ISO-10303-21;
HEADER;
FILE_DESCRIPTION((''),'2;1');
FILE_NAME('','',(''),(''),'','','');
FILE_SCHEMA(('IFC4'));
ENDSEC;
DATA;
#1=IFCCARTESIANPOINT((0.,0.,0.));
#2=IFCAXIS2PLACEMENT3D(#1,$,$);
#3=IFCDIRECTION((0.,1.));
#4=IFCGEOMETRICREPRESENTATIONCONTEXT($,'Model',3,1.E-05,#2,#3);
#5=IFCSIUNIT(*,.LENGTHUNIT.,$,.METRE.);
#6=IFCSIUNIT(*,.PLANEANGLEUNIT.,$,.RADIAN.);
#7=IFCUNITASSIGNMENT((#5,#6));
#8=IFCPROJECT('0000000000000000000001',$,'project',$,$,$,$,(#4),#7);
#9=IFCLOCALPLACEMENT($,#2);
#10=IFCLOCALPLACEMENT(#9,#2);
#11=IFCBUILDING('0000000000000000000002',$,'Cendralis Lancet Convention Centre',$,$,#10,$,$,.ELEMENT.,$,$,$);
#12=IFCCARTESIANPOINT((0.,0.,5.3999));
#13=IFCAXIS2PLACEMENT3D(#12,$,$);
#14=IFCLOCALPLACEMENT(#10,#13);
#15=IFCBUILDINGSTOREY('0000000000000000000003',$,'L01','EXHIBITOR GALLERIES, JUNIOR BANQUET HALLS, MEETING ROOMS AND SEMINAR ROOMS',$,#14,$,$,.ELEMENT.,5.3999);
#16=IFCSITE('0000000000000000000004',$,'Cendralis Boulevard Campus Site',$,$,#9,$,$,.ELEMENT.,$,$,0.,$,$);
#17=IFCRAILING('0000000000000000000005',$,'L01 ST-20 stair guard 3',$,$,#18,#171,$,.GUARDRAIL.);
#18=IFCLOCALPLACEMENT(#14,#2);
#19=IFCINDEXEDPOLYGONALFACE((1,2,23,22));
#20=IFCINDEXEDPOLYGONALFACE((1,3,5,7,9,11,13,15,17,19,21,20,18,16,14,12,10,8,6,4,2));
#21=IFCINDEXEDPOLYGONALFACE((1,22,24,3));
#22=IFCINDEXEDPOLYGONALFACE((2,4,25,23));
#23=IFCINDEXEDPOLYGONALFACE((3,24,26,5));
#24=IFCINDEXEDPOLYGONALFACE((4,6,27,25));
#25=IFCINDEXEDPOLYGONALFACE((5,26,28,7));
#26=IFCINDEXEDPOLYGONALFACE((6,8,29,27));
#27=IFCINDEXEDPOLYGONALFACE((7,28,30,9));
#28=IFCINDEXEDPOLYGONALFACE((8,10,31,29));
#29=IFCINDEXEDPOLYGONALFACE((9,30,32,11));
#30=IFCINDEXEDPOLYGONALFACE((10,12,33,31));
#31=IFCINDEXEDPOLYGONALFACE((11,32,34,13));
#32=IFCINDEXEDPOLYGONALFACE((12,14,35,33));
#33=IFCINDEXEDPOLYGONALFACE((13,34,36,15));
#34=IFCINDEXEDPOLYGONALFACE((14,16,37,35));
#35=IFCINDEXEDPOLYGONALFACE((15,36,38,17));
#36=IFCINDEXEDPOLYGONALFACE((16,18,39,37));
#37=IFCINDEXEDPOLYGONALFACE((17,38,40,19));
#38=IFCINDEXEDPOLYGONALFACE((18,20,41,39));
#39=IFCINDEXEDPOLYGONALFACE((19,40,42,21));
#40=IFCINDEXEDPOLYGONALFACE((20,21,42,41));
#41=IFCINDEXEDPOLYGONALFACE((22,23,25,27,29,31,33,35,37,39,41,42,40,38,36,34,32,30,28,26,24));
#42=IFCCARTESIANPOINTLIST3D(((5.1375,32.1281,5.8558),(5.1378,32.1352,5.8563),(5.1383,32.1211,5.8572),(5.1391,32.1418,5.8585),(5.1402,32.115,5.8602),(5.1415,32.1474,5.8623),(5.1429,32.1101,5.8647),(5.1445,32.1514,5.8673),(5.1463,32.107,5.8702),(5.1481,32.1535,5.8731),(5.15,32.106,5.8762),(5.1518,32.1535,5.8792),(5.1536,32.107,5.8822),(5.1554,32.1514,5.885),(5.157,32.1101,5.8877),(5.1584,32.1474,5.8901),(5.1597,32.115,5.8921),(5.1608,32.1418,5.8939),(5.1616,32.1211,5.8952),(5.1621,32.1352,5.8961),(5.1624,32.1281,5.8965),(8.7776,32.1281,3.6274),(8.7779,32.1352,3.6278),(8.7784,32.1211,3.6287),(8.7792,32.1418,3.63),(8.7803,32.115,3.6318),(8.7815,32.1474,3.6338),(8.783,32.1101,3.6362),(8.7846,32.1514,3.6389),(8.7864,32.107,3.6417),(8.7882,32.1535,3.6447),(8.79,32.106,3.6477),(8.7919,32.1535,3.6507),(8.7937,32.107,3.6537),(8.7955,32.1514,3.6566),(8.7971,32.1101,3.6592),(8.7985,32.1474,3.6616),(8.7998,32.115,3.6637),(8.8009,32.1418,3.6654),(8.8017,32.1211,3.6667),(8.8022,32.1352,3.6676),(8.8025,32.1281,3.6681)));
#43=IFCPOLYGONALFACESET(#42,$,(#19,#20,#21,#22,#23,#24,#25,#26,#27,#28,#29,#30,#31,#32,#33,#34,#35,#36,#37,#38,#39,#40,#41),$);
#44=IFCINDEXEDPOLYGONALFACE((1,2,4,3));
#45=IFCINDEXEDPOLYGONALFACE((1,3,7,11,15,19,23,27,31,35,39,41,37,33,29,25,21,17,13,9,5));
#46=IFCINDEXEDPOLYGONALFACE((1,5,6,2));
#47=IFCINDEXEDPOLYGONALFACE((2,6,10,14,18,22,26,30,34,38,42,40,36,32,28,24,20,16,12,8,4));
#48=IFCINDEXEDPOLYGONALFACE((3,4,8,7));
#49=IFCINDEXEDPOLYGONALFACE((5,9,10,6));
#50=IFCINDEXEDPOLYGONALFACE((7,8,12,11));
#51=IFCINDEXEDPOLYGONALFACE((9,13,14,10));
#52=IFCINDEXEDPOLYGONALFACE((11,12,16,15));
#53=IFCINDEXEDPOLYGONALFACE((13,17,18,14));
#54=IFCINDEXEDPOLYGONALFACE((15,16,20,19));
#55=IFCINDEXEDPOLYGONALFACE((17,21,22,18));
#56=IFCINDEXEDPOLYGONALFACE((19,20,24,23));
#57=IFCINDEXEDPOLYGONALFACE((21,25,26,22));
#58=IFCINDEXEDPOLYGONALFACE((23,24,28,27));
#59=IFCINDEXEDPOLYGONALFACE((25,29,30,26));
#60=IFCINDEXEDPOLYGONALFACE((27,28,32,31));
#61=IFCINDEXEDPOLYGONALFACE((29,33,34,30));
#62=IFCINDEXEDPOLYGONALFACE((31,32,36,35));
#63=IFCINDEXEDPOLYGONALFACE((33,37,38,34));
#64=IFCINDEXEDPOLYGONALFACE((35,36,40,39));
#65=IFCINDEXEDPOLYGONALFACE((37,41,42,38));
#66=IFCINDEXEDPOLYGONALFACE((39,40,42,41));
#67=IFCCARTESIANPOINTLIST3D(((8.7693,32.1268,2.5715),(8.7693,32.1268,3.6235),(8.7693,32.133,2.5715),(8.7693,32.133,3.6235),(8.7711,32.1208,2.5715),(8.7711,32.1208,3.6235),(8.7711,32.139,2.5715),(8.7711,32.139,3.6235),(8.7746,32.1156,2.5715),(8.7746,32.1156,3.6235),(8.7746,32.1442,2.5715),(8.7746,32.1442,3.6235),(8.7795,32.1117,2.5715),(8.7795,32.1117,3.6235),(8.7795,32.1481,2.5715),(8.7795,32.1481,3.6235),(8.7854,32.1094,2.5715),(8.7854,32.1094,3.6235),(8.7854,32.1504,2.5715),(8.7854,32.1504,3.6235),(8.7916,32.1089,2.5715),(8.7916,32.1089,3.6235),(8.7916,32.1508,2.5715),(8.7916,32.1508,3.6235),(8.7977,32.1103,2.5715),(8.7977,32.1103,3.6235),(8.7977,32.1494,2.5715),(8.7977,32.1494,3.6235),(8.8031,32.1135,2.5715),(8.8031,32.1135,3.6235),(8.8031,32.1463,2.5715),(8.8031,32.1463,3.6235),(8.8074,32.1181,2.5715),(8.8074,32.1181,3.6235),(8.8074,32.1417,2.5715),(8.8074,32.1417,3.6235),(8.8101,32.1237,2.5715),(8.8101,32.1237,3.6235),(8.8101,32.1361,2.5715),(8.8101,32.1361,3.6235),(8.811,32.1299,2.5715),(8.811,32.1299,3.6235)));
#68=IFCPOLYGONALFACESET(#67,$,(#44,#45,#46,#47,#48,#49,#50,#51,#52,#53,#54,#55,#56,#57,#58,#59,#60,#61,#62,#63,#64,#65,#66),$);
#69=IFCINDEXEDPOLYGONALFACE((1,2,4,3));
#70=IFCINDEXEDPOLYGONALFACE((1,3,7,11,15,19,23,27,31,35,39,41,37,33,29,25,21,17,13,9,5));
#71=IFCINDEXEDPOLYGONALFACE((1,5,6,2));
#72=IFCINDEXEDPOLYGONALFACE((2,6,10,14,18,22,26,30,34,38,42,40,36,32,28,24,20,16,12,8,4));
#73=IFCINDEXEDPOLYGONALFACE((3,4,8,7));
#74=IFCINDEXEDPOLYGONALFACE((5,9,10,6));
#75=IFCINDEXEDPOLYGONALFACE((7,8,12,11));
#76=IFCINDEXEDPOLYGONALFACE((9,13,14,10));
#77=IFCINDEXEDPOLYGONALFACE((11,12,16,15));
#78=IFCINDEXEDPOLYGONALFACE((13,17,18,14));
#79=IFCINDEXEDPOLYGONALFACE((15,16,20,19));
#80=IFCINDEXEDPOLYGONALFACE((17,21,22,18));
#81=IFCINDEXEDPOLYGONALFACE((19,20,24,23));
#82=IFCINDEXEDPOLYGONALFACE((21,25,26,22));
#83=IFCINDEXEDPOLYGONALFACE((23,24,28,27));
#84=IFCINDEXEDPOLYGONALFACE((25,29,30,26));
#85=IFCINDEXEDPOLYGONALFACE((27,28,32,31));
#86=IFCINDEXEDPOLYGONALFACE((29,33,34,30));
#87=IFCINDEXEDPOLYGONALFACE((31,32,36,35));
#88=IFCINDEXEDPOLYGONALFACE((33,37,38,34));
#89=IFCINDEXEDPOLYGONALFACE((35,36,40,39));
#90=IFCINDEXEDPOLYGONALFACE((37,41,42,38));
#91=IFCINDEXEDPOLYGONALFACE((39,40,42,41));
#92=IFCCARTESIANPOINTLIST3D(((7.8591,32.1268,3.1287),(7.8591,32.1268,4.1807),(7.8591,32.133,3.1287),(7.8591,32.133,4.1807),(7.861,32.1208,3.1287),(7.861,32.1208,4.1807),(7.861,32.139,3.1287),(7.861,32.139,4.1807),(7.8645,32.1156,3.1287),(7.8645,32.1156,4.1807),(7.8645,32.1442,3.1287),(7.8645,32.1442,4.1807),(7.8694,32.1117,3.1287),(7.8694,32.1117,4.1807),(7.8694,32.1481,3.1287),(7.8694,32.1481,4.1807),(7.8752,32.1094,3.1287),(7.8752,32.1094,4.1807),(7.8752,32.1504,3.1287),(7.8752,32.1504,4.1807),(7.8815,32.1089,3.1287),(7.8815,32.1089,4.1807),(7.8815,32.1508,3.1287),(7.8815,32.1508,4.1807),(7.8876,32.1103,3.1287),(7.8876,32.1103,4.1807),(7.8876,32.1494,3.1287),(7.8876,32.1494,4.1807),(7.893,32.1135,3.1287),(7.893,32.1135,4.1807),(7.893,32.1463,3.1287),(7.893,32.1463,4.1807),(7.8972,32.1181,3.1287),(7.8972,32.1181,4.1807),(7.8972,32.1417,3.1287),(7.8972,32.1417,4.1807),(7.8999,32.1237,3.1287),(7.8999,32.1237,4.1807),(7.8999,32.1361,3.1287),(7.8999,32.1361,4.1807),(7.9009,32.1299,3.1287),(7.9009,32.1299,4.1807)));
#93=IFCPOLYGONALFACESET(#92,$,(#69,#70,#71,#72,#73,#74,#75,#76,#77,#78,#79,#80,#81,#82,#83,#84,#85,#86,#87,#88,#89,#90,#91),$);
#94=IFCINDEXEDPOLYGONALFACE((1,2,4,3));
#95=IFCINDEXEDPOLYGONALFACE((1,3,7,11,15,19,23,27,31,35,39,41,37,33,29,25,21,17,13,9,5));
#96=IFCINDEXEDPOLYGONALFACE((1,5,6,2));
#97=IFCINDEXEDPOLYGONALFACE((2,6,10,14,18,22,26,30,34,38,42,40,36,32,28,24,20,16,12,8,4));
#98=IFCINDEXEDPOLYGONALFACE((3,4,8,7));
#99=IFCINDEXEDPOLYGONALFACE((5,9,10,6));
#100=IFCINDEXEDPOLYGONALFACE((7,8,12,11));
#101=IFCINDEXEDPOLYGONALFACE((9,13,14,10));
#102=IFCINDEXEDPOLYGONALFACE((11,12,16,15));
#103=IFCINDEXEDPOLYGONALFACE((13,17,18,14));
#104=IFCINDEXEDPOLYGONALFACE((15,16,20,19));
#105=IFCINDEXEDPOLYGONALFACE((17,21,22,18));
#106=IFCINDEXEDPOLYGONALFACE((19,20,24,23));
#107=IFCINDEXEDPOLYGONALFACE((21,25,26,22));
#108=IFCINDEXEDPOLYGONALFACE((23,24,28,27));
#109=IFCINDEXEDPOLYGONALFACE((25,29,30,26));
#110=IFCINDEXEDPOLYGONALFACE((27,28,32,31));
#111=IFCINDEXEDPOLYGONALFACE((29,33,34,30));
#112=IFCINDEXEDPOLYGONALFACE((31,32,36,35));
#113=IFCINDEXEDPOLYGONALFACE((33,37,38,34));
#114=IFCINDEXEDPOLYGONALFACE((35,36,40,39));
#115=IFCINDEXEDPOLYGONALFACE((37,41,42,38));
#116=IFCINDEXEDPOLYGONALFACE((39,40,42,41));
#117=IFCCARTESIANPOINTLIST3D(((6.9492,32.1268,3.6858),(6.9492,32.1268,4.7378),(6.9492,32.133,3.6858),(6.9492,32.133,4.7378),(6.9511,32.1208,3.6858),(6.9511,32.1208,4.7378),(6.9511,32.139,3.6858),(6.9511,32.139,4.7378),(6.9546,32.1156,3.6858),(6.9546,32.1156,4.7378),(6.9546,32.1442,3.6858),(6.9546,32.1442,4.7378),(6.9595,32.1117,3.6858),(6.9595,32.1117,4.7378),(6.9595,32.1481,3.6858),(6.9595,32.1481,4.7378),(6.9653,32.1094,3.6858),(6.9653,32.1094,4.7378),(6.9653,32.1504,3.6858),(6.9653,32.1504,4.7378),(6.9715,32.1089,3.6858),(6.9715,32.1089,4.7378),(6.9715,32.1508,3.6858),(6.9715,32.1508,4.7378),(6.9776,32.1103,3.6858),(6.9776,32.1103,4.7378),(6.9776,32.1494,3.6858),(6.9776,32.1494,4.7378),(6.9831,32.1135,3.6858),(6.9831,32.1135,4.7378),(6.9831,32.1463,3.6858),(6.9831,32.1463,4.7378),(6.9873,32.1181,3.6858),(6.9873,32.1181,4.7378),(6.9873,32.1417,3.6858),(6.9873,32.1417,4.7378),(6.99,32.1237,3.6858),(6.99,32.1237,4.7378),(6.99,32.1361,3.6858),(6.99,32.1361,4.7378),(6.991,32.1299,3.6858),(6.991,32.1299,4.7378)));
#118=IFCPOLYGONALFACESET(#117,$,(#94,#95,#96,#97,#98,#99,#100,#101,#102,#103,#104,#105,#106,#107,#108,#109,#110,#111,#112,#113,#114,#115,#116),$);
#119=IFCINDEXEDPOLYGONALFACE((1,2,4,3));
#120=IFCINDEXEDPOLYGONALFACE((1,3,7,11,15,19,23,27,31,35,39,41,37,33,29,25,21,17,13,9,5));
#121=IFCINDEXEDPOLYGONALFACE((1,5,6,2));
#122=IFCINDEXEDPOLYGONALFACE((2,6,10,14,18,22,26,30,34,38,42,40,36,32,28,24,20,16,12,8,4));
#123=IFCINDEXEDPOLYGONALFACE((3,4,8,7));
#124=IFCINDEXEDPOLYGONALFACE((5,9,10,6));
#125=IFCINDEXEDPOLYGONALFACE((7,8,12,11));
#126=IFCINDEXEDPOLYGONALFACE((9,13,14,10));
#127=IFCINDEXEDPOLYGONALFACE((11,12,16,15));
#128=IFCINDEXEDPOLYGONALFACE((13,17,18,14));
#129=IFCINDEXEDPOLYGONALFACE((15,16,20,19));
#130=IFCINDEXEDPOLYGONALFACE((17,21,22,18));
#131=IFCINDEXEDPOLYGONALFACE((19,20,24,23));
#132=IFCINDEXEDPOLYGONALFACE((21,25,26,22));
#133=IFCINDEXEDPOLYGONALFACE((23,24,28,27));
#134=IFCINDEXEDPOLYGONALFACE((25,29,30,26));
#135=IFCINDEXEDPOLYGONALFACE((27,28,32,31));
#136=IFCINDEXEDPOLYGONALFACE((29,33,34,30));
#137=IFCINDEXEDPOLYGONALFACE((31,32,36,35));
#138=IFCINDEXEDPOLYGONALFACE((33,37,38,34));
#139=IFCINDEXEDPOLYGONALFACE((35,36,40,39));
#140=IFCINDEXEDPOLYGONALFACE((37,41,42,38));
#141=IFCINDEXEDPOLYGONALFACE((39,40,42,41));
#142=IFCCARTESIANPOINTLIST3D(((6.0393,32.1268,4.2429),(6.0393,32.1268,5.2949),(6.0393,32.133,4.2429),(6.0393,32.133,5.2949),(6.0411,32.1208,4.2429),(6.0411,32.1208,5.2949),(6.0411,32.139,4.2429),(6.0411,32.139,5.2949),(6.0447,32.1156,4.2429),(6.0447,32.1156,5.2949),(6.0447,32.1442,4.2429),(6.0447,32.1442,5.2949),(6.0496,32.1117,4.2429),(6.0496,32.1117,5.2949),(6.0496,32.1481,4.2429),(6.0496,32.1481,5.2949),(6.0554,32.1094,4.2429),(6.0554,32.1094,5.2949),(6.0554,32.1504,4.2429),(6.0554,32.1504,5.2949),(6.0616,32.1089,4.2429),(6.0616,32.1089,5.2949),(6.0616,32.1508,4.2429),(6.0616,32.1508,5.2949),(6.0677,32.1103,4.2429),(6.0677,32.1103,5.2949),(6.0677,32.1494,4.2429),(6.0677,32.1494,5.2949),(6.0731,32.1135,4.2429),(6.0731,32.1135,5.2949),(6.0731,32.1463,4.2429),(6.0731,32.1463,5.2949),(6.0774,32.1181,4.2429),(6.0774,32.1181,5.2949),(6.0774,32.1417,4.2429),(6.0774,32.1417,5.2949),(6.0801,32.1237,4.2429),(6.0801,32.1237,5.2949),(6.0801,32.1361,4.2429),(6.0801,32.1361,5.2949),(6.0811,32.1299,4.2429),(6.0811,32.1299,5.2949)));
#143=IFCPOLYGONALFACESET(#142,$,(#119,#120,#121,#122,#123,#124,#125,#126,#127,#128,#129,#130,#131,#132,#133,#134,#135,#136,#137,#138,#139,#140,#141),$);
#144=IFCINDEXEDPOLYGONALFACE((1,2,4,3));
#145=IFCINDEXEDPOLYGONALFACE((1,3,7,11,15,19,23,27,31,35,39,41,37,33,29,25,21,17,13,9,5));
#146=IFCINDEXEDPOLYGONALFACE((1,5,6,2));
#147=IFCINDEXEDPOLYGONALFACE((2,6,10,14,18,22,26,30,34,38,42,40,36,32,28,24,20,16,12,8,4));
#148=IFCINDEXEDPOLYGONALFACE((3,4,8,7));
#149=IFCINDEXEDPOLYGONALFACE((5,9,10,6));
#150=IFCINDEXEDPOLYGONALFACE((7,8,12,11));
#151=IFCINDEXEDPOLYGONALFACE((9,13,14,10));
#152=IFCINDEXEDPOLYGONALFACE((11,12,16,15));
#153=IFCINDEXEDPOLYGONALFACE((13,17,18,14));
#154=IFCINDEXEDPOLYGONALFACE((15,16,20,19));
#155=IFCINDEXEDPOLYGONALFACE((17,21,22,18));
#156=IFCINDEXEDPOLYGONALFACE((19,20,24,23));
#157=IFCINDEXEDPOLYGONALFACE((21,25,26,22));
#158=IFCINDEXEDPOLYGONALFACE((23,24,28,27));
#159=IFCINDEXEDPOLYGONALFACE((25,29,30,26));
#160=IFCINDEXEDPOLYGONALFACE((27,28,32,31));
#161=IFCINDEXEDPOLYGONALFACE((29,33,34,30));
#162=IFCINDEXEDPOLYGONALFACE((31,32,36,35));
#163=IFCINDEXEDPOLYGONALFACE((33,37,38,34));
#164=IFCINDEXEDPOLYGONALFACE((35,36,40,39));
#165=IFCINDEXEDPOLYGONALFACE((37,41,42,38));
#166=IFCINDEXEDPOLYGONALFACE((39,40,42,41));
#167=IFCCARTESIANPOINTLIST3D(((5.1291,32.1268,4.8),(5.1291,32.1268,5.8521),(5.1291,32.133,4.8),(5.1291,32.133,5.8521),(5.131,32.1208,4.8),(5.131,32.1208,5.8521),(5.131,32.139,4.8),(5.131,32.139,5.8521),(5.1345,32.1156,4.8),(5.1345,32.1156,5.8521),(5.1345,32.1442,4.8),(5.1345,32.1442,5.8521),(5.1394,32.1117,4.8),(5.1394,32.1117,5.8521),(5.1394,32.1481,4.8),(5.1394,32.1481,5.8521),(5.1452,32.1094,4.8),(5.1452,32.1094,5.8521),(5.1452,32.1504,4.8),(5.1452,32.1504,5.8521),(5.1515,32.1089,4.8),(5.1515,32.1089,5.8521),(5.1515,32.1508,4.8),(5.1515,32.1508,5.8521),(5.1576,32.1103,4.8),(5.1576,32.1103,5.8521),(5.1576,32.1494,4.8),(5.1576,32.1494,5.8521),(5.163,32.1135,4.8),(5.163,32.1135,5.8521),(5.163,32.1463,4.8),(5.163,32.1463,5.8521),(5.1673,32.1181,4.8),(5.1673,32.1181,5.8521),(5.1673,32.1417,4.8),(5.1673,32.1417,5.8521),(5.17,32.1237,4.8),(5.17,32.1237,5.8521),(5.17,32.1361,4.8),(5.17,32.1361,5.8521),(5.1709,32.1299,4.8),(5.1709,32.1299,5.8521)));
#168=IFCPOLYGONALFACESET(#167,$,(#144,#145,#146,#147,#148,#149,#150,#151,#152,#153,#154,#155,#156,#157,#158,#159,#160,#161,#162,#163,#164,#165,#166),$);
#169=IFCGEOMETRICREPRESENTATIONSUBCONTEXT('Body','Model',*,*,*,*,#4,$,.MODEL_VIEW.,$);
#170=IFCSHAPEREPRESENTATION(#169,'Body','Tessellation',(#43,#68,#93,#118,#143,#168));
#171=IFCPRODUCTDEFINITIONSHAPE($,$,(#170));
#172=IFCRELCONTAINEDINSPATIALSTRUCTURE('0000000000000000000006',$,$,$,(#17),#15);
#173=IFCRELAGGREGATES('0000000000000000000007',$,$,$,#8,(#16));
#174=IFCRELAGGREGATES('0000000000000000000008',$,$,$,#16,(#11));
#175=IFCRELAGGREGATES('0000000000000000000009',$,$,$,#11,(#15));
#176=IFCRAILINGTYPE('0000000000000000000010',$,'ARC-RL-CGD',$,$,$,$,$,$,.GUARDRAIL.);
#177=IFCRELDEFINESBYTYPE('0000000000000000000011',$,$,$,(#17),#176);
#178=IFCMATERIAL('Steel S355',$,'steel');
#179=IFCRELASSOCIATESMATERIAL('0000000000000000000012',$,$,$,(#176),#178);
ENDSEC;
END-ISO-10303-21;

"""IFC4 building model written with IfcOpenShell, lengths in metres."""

from ifc_helpers import new_model, si_unit, direction, frame, origin, origin_2d, place, context, subcontext, project, spatial, circle, extrude, material, type_object, element, save


model = new_model("IFC4")

# Units and contexts
model_context = context("Model", 3, precision=1e-05, world=origin(), true_north=direction((0.0, 1.0)))
body_context = subcontext(model_context, "Body", "Model", "MODEL_VIEW")
ifc_project = project(units=[si_unit("LENGTHUNIT", "METRE"), si_unit("PLANEANGLEUNIT", "RADIAN")], contexts=[model_context])

# Site, building, storey
site_placement = place(None, origin())
site = spatial("IfcSite", under=ifc_project, at=site_placement, Name="Cendralis Boulevard Campus Site", CompositionType="ELEMENT", RefElevation=0.0)
building_placement = place(site_placement, origin())
building = spatial("IfcBuilding", under=site, at=building_placement, Name="Cendralis Lancet Convention Centre", CompositionType="ELEMENT")
storey_placement = place(building_placement, frame((0.0, 0.0, 5.3999)))
storey = spatial("IfcBuildingStorey", under=building, at=storey_placement, Name="L01", Description="EXHIBITOR GALLERIES, JUNIOR BANQUET HALLS, MEETING ROOMS AND SEMINAR ROOMS", CompositionType="ELEMENT", Elevation=5.3999)

# Shared definitions
ifc_material_1 = material(Name="Steel S355", Category="steel")

# Railing
railing_type_1 = type_object("IfcRailingType", Name="ARC-RL-CGD", PredefinedType="GUARDRAIL", material=ifc_material_1)
railing_1_placement = place(storey_placement, frame((8.79, 32.1299, 2.5715)))
element("IfcRailing", 1, at=railing_1_placement, inside=storey, type_object=railing_type_1, Name="L01 ST-20 stair guard 3", PredefinedType="GUARDRAIL", context=body_context, shape_type="SweptSolid", body=[
    extrude(circle(Radius=0.0239, at=origin_2d()), frame((0.0, 0.0, 1.0762), z_axis=(-0.852866, 0.0, 0.52213), x_axis=(0.0, -1.0, 0.0)), (0.0, 0.0, 1.0), 4.2681),
    extrude(circle(Radius=0.021, at=origin_2d()), origin(), (0.0, 0.0, 1.0), 1.052),
    extrude(circle(Radius=0.021, at=origin_2d()), frame((-0.9102, 0.0, 0.5571)), (0.0, 0.0, 1.0), 1.052),
    extrude(circle(Radius=0.021, at=origin_2d()), frame((-1.8201, 0.0, 1.1143)), (0.0, 0.0, 1.0), 1.052),
    extrude(circle(Radius=0.021, at=origin_2d()), frame((-2.73, 0.0, 1.6714)), (0.0, 0.0, 1.0), 1.052),
    extrude(circle(Radius=0.021, at=origin_2d()), frame((-3.6401, 0.0, 2.2285)), (0.0, 0.0, 1.0), 1.052),
])

save(model, "model.ifc")
